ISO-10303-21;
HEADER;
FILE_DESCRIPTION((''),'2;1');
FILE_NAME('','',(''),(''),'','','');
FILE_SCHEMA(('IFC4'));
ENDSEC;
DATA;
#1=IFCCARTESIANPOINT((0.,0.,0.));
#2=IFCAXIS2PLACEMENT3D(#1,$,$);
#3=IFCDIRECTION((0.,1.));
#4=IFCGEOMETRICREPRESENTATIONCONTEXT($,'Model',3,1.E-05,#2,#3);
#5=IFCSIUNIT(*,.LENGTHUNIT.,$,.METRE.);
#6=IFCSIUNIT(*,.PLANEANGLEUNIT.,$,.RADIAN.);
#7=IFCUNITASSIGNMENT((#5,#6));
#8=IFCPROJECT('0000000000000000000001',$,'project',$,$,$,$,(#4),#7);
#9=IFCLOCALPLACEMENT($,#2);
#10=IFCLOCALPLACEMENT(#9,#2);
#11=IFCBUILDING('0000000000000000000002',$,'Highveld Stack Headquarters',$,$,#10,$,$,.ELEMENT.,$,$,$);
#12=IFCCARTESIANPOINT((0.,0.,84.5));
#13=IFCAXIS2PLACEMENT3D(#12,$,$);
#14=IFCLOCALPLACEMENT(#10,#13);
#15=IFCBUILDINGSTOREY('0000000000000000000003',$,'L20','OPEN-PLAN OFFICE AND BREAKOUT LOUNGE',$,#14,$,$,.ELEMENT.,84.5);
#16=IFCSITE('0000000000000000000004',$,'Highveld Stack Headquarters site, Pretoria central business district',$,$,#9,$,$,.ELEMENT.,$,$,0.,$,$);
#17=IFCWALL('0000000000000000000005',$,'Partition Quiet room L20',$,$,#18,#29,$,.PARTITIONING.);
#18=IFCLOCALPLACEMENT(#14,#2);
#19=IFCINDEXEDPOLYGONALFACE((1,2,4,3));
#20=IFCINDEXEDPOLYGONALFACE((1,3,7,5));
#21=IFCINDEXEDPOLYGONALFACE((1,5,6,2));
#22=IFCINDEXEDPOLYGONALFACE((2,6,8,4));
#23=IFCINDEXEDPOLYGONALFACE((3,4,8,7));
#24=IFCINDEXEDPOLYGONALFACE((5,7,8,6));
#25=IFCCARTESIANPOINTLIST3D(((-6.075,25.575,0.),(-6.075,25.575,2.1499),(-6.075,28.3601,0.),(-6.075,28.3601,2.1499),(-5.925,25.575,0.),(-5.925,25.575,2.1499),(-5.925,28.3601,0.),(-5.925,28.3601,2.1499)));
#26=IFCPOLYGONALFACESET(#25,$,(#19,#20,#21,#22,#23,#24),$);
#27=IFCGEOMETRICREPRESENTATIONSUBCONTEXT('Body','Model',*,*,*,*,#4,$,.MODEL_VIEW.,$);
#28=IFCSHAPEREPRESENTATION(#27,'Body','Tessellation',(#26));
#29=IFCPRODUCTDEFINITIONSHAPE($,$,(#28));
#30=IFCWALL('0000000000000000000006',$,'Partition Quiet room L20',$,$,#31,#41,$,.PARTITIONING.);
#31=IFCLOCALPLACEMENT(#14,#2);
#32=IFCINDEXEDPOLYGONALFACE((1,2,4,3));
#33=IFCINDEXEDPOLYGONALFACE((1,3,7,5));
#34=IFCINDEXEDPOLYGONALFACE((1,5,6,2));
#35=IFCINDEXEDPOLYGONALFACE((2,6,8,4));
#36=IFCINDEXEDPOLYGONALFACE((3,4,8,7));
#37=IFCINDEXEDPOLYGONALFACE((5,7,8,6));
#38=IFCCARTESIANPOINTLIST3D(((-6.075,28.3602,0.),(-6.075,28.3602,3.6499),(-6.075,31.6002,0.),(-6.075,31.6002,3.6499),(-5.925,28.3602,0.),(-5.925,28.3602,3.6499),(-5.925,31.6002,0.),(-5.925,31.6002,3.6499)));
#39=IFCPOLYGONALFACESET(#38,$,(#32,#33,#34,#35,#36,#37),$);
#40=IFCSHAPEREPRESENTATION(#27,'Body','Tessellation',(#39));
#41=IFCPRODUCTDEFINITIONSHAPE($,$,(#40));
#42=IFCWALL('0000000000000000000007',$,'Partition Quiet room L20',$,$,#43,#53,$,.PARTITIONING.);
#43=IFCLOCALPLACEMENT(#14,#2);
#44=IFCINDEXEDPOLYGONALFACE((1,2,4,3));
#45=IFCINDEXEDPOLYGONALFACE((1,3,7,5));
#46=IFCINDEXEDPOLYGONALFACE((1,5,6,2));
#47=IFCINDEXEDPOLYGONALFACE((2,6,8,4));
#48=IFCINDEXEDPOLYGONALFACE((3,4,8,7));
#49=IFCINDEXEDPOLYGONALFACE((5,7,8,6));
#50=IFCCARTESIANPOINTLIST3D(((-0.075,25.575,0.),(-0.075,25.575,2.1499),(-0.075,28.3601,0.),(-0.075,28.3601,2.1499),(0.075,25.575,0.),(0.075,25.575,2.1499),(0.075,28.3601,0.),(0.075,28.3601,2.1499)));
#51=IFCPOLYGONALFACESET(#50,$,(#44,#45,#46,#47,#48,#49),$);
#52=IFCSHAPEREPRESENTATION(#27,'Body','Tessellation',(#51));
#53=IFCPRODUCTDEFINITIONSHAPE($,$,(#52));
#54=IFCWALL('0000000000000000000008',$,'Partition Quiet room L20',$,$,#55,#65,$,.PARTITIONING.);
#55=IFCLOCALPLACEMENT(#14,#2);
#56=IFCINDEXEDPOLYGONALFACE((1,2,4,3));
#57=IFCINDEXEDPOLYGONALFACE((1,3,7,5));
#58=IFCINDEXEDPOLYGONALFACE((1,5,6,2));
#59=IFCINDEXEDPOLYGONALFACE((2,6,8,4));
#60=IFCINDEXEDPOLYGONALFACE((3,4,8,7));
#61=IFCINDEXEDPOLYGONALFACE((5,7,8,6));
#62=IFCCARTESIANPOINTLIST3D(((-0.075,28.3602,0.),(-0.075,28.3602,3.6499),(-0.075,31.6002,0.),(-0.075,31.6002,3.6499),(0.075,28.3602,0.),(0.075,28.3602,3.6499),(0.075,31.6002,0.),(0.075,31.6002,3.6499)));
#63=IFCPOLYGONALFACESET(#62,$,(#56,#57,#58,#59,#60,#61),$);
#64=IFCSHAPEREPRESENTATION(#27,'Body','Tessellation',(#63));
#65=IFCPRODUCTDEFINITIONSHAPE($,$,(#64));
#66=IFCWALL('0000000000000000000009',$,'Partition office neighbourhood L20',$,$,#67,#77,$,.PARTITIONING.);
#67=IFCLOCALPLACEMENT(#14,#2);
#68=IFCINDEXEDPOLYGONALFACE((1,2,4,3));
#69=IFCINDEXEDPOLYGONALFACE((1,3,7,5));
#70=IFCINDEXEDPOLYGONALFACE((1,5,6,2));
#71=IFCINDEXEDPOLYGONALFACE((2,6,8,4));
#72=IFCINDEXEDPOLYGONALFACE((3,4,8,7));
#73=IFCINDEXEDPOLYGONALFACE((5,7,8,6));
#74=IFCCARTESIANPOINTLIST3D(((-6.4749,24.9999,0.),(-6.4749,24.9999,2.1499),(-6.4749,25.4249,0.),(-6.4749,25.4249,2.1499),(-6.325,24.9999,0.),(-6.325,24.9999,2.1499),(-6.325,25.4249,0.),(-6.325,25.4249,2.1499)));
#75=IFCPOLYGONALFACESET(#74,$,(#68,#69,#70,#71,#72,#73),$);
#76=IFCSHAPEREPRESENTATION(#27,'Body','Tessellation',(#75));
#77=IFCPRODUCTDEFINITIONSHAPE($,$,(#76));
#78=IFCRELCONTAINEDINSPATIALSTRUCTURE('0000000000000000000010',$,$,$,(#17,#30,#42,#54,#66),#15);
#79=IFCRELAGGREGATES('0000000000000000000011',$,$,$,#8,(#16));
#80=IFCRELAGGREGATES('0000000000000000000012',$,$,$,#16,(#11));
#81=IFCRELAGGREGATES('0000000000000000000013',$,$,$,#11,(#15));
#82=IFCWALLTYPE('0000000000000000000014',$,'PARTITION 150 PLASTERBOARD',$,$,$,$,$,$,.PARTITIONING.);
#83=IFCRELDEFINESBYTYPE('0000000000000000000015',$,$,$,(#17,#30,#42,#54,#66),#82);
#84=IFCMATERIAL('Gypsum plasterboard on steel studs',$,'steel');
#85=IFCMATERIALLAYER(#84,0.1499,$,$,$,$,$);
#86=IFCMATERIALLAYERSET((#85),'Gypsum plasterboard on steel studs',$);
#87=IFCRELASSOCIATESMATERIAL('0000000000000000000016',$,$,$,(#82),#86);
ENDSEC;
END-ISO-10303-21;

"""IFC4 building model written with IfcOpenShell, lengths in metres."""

from ifc_helpers import new_model, si_unit, direction, frame, frame_2d, origin, place, context, subcontext, project, spatial, rectangle, extrude, material, layer, layer_set, type_object, element, save


model = new_model("IFC4")

# Units and contexts
model_context = context("Model", 3, precision=1e-05, world=origin(), true_north=direction((0.0, 1.0)))
body_context = subcontext(model_context, "Body", "Model", "MODEL_VIEW")
ifc_project = project(units=[si_unit("LENGTHUNIT", "METRE"), si_unit("PLANEANGLEUNIT", "RADIAN")], contexts=[model_context])

# Site, building, storey
site_placement = place(None, origin())
site = spatial("IfcSite", under=ifc_project, at=site_placement, Name="Highveld Stack Headquarters site, Pretoria central business district", CompositionType="ELEMENT", RefElevation=0.0)
building_placement = place(site_placement, origin())
building = spatial("IfcBuilding", under=site, at=building_placement, Name="Highveld Stack Headquarters", CompositionType="ELEMENT")
storey_placement = place(building_placement, frame((0.0, 0.0, 84.5)))
storey = spatial("IfcBuildingStorey", under=building, at=storey_placement, Name="L20", Description="OPEN-PLAN OFFICE AND BREAKOUT LOUNGE", CompositionType="ELEMENT", Elevation=84.5)

# Shared definitions
ifc_material_1 = material(Name="Gypsum plasterboard on steel studs", Category="steel")
ifc_layer_1 = layer(ifc_material_1, 0.1499)
ifc_layer_set_1 = layer_set([ifc_layer_1], Name="Gypsum plasterboard on steel studs")
wall_type = type_object("IfcWallType", Name="PARTITION 150 PLASTERBOARD", PredefinedType="PARTITIONING", material=ifc_layer_set_1)

# Walls
wall_1_placement = place(storey_placement, frame((-6.0, 25.575, 0.0), z_axis=(0.0, 0.0, 1.0), x_axis=(0.0, 1.0, 0.0)))
element("IfcWall", 1, at=wall_1_placement, inside=storey, type_object=wall_type, Name="Partition Quiet room L20", PredefinedType="PARTITIONING", context=body_context, shape_type="SweptSolid", body=[
    extrude(rectangle(XDim=2.7852, YDim=0.1499, at=frame_2d((1.3926, 0.0))), origin(), (0.0, 0.0, 1.0), 2.1499),
])
wall_2_placement = place(storey_placement, frame((-6.0, 28.3601, 0.0), z_axis=(0.0, 0.0, 1.0), x_axis=(0.0, 1.0, 0.0)))
element("IfcWall", 2, at=wall_2_placement, inside=storey, type_object=wall_type, Name="Partition Quiet room L20", PredefinedType="PARTITIONING", context=body_context, shape_type="SweptSolid", body=[
    extrude(rectangle(XDim=3.24, YDim=0.1499, at=frame_2d((1.6201, 0.0))), origin(), (0.0, 0.0, 1.0), 3.6499),
])
wall_3_placement = place(storey_placement, frame((0.0, 25.575, 0.0), z_axis=(0.0, 0.0, 1.0), x_axis=(0.0, 1.0, 0.0)))
element("IfcWall", 3, at=wall_3_placement, inside=storey, type_object=wall_type, Name="Partition Quiet room L20", PredefinedType="PARTITIONING", context=body_context, shape_type="SweptSolid", body=[
    extrude(rectangle(XDim=2.7852, YDim=0.1499, at=frame_2d((1.3926, 0.0))), origin(), (0.0, 0.0, 1.0), 2.1499),
])
wall_4_placement = place(storey_placement, frame((0.0, 28.3601, 0.0), z_axis=(0.0, 0.0, 1.0), x_axis=(0.0, 1.0, 0.0)))
element("IfcWall", 4, at=wall_4_placement, inside=storey, type_object=wall_type, Name="Partition Quiet room L20", PredefinedType="PARTITIONING", context=body_context, shape_type="SweptSolid", body=[
    extrude(rectangle(XDim=3.24, YDim=0.1499, at=frame_2d((1.6201, 0.0))), origin(), (0.0, 0.0, 1.0), 3.6499),
])
wall_5_placement = place(storey_placement, frame((-6.3999, 25.0, 0.0), z_axis=(0.0, 0.0, 1.0), x_axis=(0.0, 1.0, 0.0)))
element("IfcWall", 5, at=wall_5_placement, inside=storey, type_object=wall_type, Name="Partition office neighbourhood L20", PredefinedType="PARTITIONING", context=body_context, shape_type="SweptSolid", body=[
    extrude(rectangle(XDim=0.425, YDim=0.1499, at=frame_2d((0.2124, 0.0))), origin(), (0.0, 0.0, 1.0), 2.1499),
])

save(model, "model.ifc")
